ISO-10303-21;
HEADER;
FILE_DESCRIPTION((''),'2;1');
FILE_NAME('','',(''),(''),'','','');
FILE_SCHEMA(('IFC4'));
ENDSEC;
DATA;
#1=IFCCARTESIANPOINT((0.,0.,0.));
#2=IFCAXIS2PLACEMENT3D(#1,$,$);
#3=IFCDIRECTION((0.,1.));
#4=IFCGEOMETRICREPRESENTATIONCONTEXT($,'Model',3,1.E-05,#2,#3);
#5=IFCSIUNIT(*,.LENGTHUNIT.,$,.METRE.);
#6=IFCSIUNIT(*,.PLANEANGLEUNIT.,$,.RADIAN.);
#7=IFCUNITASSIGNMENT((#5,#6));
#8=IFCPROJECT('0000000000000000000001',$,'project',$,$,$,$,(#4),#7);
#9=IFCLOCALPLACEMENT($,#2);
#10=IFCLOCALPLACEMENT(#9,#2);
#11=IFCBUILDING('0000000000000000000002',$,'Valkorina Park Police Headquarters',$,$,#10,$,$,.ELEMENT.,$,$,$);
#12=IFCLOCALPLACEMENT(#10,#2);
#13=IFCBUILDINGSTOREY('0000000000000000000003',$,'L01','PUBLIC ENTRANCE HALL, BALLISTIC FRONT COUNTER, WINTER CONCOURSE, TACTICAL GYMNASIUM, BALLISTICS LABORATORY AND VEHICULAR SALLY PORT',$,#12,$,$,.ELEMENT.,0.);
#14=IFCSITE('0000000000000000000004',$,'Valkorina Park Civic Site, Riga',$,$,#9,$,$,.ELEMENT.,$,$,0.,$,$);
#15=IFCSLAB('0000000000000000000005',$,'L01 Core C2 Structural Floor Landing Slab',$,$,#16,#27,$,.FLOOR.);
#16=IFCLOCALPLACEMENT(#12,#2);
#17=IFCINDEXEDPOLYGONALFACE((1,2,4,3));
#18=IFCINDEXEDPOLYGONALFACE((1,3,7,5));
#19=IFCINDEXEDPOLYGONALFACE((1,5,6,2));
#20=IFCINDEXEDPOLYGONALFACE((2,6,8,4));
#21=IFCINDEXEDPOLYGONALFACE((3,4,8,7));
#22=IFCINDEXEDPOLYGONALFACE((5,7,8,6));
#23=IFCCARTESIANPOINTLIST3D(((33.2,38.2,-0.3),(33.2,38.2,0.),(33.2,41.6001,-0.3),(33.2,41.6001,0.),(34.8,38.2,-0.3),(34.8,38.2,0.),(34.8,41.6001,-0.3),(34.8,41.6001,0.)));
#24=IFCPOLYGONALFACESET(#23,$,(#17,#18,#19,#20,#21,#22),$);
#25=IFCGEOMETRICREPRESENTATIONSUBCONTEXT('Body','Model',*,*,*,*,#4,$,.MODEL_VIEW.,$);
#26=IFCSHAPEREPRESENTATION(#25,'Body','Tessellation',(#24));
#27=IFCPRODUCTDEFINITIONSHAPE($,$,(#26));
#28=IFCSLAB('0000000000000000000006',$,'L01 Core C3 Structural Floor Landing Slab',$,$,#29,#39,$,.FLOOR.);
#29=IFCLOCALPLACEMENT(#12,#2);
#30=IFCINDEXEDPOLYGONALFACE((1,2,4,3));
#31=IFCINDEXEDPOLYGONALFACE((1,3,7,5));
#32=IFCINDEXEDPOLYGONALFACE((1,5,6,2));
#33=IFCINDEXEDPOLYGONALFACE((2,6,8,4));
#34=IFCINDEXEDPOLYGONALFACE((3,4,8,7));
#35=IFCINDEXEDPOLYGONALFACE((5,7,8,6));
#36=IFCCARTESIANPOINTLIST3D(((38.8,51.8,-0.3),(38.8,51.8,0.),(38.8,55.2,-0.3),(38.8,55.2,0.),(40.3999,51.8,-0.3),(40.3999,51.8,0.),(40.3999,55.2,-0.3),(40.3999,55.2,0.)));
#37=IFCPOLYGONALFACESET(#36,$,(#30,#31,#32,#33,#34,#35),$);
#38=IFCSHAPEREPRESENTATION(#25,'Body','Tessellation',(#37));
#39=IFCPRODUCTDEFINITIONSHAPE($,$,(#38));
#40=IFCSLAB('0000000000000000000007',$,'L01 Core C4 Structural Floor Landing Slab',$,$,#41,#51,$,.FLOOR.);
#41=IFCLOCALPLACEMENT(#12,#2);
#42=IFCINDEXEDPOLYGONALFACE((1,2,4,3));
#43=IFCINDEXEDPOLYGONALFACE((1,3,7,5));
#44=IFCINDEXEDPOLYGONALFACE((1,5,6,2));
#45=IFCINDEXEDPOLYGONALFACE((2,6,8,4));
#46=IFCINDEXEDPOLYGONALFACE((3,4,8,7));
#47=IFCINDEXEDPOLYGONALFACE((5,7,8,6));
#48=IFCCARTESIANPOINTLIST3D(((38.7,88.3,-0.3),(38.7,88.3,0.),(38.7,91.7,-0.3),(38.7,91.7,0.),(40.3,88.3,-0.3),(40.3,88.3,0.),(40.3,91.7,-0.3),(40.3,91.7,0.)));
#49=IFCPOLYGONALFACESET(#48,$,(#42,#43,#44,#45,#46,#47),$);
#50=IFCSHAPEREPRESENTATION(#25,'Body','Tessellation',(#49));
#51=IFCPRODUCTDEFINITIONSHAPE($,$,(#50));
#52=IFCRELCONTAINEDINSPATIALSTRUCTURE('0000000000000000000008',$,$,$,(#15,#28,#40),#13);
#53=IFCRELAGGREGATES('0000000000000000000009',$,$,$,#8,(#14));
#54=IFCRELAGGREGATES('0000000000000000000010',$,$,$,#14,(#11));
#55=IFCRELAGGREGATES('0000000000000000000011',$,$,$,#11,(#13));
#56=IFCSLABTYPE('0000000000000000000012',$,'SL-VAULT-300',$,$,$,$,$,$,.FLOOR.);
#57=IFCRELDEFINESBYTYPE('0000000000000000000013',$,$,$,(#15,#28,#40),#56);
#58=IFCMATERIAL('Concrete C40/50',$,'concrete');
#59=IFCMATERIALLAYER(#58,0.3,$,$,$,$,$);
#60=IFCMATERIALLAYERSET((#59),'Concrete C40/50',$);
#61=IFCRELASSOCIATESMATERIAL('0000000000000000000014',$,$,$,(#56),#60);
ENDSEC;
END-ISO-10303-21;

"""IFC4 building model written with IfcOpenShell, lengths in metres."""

from ifc_helpers import new_model, si_unit, direction, frame, origin, place, context, subcontext, project, spatial, polyline, outline, extrude, material, layer, layer_set, type_object, element, save


model = new_model("IFC4")

# Units and contexts
model_context = context("Model", 3, precision=1e-05, world=origin(), true_north=direction((0.0, 1.0)))
body_context = subcontext(model_context, "Body", "Model", "MODEL_VIEW")
ifc_project = project(units=[si_unit("LENGTHUNIT", "METRE"), si_unit("PLANEANGLEUNIT", "RADIAN")], contexts=[model_context])

# Site, building, storey
site_placement = place(None, origin())
site = spatial("IfcSite", under=ifc_project, at=site_placement, Name="Valkorina Park Civic Site, Riga", CompositionType="ELEMENT", RefElevation=0.0)
building_placement = place(site_placement, origin())
building = spatial("IfcBuilding", under=site, at=building_placement, Name="Valkorina Park Police Headquarters", CompositionType="ELEMENT")
storey_placement = place(building_placement, origin())
storey = spatial("IfcBuildingStorey", under=building, at=storey_placement, Name="L01", Description="PUBLIC ENTRANCE HALL, BALLISTIC FRONT COUNTER, WINTER CONCOURSE, TACTICAL GYMNASIUM, BALLISTICS LABORATORY AND VEHICULAR SALLY PORT", CompositionType="ELEMENT", Elevation=0.0)

# Slabs
ifc_material_1 = material(Name="Concrete C40/50", Category="concrete")
ifc_layer_1 = layer(ifc_material_1, 0.3)
ifc_layer_set_1 = layer_set([ifc_layer_1], Name="Concrete C40/50")
slab_type_1 = type_object("IfcSlabType", Name="SL-VAULT-300", PredefinedType="FLOOR", material=ifc_layer_set_1)
slab_1_placement = place(storey_placement, frame((0.0, 0.0, -0.3)))
element("IfcSlab", 1, at=slab_1_placement, inside=storey, type_object=slab_type_1, Name="L01 Core C2 Structural Floor Landing Slab", PredefinedType="FLOOR", context=body_context, shape_type="SweptSolid", body=[
    extrude(outline(polyline([(33.2, 38.2), (34.8, 38.2), (34.8, 41.6001), (33.2, 41.6001), (33.2, 38.2)])), origin(), (0.0, 0.0, 1.0), 0.3),
])
slab_2_placement = place(storey_placement, frame((0.0, 0.0, -0.3)))
element("IfcSlab", 2, at=slab_2_placement, inside=storey, type_object=slab_type_1, Name="L01 Core C3 Structural Floor Landing Slab", PredefinedType="FLOOR", context=body_context, shape_type="SweptSolid", body=[
    extrude(outline(polyline([(38.8, 51.8), (40.3999, 51.8), (40.3999, 55.2), (38.8, 55.2), (38.8, 51.8)])), origin(), (0.0, 0.0, 1.0), 0.3),
])
slab_3_placement = place(storey_placement, frame((0.0, 0.0, -0.3)))
element("IfcSlab", 3, at=slab_3_placement, inside=storey, type_object=slab_type_1, Name="L01 Core C4 Structural Floor Landing Slab", PredefinedType="FLOOR", context=body_context, shape_type="SweptSolid", body=[
    extrude(outline(polyline([(38.7, 88.3), (40.3, 88.3), (40.3, 91.7), (38.7, 91.7), (38.7, 88.3)])), origin(), (0.0, 0.0, 1.0), 0.3),
])

save(model, "model.ifc")
